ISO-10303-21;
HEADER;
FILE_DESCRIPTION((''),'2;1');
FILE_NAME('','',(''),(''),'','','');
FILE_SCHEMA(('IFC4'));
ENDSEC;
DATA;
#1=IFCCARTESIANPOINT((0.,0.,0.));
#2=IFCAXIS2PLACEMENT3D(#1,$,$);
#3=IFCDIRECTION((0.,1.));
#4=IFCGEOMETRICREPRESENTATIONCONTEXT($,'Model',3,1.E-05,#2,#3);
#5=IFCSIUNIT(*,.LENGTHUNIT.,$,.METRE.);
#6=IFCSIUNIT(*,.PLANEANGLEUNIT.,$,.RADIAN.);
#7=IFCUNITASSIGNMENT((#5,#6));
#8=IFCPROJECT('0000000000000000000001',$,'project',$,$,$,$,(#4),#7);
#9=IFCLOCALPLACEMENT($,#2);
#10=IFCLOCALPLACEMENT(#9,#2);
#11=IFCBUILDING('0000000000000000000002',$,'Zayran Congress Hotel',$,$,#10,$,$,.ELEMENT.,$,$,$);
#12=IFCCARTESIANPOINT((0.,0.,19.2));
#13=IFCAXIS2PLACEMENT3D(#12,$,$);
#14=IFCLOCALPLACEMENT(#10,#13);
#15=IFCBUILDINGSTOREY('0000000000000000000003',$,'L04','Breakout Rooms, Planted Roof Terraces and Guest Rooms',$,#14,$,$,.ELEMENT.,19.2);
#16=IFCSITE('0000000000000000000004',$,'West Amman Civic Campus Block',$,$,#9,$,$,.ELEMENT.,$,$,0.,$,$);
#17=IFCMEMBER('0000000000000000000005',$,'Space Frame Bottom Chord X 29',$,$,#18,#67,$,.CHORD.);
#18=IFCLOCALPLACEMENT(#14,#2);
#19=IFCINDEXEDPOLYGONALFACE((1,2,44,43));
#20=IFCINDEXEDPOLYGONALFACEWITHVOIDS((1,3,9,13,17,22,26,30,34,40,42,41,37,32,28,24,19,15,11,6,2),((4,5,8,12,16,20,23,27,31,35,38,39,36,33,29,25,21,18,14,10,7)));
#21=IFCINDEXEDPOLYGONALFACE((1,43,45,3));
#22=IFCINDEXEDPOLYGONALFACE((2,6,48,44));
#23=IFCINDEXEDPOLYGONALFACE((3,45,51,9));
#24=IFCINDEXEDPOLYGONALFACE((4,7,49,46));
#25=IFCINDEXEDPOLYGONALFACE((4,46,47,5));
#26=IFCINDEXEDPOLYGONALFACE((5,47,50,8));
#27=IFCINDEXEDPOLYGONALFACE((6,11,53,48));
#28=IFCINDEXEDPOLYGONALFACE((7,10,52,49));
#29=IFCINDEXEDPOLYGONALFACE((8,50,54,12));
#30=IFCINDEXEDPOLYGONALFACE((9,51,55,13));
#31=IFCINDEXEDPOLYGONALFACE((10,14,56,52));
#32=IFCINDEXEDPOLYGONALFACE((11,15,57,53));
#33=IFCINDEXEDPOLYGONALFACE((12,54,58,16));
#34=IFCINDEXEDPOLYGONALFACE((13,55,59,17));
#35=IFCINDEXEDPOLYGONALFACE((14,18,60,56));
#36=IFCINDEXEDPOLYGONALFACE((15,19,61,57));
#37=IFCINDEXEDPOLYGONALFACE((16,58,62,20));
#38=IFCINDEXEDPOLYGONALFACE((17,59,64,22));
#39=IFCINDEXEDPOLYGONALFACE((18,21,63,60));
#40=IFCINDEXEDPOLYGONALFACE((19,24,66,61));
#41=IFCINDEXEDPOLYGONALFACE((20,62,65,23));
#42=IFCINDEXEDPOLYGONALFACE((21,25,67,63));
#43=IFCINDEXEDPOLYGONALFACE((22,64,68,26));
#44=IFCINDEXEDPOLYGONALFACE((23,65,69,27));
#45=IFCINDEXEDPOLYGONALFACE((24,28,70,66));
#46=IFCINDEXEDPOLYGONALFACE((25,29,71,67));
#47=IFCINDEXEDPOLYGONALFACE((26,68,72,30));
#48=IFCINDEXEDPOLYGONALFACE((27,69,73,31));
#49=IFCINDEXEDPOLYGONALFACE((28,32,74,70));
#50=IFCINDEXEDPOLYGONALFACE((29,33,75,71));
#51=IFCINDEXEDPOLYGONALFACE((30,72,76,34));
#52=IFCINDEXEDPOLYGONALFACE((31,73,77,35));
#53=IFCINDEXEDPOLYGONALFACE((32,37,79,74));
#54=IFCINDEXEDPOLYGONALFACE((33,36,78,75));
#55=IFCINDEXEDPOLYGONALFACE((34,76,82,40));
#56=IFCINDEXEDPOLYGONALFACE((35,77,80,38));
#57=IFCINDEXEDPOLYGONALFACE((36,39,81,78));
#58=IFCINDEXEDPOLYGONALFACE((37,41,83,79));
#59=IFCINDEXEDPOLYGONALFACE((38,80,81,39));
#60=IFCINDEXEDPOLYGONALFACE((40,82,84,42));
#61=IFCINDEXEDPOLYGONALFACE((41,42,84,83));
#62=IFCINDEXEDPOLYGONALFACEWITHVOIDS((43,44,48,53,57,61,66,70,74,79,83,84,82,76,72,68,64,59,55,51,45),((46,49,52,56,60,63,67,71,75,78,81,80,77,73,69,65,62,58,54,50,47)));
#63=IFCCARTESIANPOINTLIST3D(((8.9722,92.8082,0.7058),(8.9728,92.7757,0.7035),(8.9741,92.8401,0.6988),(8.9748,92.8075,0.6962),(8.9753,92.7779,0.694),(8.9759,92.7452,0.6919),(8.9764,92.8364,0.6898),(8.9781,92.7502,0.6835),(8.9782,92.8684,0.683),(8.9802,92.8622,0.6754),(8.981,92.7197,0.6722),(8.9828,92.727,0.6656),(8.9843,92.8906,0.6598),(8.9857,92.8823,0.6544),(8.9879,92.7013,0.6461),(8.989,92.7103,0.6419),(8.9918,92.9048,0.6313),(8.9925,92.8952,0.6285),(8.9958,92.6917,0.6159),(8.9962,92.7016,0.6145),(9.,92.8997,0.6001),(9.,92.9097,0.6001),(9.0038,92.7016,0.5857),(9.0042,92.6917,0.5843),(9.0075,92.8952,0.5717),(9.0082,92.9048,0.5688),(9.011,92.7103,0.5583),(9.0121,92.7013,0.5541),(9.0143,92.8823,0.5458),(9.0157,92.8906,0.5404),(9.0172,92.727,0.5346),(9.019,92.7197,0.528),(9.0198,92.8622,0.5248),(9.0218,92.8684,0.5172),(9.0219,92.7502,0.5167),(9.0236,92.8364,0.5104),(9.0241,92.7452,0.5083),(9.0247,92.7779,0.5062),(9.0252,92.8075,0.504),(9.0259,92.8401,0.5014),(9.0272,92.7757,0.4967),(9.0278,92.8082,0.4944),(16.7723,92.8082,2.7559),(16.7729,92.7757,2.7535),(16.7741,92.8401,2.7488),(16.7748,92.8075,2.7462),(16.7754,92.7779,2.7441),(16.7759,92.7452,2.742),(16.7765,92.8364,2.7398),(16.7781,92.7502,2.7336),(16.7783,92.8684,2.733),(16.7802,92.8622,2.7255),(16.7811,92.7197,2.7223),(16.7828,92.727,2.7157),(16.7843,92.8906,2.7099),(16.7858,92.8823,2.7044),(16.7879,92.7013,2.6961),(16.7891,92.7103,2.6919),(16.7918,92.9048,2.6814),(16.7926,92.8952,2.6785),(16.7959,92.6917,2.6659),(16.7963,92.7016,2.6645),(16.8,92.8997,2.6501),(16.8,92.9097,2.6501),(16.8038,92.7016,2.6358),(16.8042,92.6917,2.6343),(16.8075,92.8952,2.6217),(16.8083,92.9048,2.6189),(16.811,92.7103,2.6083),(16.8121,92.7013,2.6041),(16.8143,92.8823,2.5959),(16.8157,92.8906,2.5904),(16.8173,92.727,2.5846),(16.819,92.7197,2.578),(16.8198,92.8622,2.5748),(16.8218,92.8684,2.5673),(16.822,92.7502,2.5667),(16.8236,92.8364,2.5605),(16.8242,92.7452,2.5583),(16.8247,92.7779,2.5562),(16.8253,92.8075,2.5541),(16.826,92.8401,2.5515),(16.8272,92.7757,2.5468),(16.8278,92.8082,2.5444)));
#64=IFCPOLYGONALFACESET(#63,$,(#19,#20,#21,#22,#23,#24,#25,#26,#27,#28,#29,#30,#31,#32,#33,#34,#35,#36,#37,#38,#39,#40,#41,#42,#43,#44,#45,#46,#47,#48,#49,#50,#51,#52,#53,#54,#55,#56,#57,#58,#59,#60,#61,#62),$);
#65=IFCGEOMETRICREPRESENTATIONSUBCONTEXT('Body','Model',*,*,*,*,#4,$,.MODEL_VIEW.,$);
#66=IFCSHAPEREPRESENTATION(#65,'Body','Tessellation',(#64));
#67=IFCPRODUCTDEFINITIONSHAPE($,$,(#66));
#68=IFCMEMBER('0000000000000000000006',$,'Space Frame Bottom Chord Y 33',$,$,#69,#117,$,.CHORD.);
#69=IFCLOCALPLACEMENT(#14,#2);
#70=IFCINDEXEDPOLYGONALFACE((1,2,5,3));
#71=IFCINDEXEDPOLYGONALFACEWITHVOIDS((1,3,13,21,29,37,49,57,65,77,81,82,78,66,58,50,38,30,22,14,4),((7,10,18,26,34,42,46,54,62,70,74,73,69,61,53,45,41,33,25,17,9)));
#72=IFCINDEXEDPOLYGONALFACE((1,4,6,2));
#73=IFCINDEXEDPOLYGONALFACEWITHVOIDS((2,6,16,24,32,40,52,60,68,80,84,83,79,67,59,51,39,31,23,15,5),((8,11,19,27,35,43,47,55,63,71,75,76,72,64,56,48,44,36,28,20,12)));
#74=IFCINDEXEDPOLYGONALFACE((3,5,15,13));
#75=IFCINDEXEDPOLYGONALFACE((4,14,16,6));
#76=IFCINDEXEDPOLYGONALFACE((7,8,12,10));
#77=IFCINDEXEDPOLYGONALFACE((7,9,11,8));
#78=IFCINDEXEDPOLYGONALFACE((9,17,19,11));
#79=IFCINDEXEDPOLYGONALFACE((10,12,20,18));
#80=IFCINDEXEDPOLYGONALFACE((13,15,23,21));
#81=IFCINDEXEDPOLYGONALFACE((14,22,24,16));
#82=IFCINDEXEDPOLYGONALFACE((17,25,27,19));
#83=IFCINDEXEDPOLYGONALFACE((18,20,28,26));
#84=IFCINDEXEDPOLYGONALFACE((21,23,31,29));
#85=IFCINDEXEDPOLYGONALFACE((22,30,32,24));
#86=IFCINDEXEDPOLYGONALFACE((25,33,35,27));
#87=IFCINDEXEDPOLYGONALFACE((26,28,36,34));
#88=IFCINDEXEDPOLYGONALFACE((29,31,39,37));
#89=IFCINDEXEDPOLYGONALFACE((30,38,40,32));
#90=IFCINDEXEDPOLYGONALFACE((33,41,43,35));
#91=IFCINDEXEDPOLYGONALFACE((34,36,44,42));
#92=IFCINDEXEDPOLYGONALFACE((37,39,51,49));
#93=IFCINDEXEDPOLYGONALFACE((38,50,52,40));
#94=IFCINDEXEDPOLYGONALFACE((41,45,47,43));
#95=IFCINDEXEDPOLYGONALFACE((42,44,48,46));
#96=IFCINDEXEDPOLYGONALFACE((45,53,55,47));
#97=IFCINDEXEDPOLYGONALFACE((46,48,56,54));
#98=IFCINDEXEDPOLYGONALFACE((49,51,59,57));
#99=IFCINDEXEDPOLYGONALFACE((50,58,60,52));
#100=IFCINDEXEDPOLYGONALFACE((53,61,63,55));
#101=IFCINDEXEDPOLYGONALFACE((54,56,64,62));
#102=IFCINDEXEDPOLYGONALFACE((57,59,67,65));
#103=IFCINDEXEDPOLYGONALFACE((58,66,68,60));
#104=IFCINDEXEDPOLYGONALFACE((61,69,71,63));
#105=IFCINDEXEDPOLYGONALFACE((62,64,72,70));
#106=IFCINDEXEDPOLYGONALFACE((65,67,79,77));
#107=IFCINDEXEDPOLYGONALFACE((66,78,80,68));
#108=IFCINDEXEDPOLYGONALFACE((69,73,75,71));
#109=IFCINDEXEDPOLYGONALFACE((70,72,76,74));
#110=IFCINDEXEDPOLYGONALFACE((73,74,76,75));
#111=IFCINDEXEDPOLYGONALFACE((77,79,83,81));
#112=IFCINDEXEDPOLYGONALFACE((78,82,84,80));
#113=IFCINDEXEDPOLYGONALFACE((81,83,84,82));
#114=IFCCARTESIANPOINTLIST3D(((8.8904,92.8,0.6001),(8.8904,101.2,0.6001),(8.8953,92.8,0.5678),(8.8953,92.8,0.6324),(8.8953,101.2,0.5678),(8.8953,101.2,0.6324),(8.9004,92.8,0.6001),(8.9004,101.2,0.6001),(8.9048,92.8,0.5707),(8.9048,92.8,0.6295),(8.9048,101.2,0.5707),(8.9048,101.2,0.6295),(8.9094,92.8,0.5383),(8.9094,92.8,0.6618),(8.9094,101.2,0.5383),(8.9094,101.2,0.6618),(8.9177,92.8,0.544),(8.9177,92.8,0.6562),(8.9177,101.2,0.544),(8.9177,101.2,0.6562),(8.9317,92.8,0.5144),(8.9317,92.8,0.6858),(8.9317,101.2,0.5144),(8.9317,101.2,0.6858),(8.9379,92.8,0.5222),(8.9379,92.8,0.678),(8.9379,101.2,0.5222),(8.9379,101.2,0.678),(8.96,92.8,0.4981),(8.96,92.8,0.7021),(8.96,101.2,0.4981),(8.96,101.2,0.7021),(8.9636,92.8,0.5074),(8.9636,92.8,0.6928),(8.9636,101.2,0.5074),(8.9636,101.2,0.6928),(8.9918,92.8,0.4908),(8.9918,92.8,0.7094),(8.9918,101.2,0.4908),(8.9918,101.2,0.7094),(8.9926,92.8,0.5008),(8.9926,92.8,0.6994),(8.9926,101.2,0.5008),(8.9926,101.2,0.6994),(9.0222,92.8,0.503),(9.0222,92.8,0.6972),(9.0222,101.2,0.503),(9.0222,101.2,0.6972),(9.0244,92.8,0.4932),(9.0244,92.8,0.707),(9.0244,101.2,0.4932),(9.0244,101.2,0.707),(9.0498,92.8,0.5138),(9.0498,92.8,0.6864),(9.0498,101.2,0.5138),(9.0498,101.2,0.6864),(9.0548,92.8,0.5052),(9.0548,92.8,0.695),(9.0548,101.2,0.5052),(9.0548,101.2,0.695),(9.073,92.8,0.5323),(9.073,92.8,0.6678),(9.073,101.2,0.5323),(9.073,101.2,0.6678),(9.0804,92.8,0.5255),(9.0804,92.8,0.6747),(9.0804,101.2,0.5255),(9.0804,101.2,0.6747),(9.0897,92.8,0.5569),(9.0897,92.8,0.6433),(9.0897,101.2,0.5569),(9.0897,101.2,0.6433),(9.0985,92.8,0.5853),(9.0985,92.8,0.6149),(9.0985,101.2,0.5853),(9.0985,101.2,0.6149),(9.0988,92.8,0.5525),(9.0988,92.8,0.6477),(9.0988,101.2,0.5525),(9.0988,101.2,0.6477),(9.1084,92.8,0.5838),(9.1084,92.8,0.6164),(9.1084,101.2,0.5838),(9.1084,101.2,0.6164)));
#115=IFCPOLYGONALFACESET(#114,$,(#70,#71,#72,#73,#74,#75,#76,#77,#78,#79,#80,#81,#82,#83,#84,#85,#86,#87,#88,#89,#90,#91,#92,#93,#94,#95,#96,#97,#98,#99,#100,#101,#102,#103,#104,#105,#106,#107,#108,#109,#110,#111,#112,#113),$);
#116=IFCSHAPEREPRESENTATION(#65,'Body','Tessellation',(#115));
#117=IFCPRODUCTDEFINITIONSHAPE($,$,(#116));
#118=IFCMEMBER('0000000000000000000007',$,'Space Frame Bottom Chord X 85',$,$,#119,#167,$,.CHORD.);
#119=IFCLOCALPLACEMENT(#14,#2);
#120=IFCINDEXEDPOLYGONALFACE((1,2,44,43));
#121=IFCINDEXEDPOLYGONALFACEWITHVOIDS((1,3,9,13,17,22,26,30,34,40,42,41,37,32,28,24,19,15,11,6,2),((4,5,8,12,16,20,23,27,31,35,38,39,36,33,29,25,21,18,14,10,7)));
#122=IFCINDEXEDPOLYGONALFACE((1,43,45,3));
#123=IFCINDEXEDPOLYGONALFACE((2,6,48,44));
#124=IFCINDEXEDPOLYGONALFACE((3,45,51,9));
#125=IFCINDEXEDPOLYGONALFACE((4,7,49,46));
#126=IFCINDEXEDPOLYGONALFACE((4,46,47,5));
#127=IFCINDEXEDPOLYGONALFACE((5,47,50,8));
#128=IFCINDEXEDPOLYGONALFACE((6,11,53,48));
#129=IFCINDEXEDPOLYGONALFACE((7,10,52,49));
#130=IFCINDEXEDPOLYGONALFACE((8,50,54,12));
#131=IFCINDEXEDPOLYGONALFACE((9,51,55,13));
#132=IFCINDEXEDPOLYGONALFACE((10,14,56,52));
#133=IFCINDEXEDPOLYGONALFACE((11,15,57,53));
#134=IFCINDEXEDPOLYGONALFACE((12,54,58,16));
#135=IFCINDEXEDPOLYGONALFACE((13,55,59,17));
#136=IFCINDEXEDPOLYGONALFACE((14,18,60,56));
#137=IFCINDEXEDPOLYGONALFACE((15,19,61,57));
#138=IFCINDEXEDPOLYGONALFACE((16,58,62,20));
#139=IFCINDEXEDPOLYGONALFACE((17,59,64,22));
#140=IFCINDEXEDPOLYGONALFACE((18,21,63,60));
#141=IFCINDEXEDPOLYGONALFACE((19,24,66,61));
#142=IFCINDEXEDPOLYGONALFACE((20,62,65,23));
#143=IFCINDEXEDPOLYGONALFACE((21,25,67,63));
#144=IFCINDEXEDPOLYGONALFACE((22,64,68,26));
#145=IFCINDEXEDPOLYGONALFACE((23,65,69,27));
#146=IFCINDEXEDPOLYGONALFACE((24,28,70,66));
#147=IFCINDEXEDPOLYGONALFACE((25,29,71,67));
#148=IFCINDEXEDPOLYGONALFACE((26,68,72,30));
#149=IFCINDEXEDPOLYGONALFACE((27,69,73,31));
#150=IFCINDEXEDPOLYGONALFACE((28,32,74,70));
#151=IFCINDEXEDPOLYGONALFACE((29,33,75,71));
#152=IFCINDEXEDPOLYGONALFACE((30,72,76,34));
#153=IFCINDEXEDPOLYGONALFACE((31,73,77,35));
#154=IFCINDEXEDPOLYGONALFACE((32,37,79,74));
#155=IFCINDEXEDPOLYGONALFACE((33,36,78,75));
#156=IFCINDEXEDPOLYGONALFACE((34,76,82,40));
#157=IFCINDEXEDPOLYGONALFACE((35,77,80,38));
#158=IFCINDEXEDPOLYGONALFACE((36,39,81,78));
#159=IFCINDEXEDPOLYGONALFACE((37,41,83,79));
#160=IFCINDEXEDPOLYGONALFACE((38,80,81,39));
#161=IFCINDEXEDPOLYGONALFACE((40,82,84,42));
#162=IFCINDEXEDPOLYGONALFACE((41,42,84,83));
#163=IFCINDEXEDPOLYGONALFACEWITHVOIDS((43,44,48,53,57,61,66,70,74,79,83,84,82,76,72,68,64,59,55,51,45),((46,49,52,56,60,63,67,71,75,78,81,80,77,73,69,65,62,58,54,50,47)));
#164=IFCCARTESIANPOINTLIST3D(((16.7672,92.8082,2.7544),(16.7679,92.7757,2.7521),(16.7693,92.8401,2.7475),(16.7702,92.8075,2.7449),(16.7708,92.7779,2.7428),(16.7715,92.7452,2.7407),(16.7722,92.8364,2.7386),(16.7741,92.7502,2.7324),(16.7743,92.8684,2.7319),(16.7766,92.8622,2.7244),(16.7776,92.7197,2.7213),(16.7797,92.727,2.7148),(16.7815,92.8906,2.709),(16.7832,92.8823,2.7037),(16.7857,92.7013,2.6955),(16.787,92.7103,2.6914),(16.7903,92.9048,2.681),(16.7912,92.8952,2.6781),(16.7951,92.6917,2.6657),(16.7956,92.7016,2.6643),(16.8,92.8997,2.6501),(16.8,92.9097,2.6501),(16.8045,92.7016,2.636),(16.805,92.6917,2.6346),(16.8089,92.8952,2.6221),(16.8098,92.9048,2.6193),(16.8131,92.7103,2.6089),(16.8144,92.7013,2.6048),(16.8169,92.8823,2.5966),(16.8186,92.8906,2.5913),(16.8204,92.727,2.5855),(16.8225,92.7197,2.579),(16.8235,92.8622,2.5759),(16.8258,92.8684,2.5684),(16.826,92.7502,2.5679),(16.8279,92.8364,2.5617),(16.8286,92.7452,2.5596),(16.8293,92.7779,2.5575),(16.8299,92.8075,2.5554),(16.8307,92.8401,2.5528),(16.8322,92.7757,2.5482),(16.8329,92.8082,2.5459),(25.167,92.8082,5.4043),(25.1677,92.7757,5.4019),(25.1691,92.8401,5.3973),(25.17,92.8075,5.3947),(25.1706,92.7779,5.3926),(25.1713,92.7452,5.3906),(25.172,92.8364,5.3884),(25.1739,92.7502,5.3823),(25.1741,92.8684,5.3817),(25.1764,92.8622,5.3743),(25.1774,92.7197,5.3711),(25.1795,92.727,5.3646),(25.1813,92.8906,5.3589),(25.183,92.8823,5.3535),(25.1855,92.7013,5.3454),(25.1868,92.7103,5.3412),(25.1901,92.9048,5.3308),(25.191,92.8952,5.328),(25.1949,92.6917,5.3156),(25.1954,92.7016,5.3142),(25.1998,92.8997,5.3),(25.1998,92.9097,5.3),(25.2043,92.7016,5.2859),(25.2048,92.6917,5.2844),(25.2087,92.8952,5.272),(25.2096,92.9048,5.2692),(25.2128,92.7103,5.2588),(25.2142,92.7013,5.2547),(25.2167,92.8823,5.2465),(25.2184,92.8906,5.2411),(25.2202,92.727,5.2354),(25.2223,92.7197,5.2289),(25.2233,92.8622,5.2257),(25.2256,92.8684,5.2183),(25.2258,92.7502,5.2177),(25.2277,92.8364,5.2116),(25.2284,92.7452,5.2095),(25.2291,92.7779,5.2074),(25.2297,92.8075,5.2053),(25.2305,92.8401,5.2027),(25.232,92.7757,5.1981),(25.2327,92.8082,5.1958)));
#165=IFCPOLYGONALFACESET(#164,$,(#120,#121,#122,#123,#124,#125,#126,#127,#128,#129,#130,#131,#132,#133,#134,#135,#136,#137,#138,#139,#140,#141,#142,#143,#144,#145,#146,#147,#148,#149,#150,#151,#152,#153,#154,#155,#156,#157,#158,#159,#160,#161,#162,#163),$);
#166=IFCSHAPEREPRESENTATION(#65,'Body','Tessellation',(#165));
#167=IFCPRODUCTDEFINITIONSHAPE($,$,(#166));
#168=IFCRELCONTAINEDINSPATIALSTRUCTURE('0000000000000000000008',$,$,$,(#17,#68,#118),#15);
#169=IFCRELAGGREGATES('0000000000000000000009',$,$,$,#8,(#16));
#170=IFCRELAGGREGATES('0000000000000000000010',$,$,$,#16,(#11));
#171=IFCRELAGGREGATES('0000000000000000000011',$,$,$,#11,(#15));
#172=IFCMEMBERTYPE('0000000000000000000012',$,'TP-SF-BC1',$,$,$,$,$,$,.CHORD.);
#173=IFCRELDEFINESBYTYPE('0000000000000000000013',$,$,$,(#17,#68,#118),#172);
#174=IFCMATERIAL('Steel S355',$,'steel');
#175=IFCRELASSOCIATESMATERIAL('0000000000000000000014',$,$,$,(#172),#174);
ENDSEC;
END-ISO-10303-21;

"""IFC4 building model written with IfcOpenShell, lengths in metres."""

from ifc_helpers import new_model, si_unit, direction, frame, origin, origin_2d, place, context, subcontext, project, spatial, hollow_circle, extrude, material, material_profile, profile_set, type_object, element, save


model = new_model("IFC4")

# Units and contexts
model_context = context("Model", 3, precision=1e-05, world=origin(), true_north=direction((0.0, 1.0)))
body_context = subcontext(model_context, "Body", "Model", "MODEL_VIEW")
ifc_project = project(units=[si_unit("LENGTHUNIT", "METRE"), si_unit("PLANEANGLEUNIT", "RADIAN")], contexts=[model_context])

# Site, building, storey
site_placement = place(None, origin())
site = spatial("IfcSite", under=ifc_project, at=site_placement, Name="West Amman Civic Campus Block", CompositionType="ELEMENT", RefElevation=0.0)
building_placement = place(site_placement, origin())
building = spatial("IfcBuilding", under=site, at=building_placement, Name="Zayran Congress Hotel", CompositionType="ELEMENT")
storey_placement = place(building_placement, frame((0.0, 0.0, 19.2)))
storey = spatial("IfcBuildingStorey", under=building, at=storey_placement, Name="L04", Description="Breakout Rooms, Planted Roof Terraces and Guest Rooms", CompositionType="ELEMENT", Elevation=19.2)

# Members
ifc_material_1 = material(Name="Steel S355", Category="steel")
ifc_material_profile_1 = material_profile(ifc_material_1, hollow_circle(Radius=0.1096, WallThickness=0.01, at=origin_2d()), Name="CHS 219.1x10")
ifc_profile_set_1 = profile_set([ifc_material_profile_1], Name="Steel S355")
member_type_1 = type_object("IfcMemberType", Name="TP-SF-BC1", PredefinedType="CHORD", material=ifc_profile_set_1)
member_1_placement = place(storey_placement, frame((9.0, 92.8, 0.6001), z_axis=(0.967154, 0.0, 0.254192), x_axis=(0.0, 1.0, 0.0)))
element("IfcMember", 1, at=member_1_placement, inside=storey, type_object=member_type_1, Name="Space Frame Bottom Chord X 29", PredefinedType="CHORD", context=body_context, shape_type="SweptSolid", body=[
    extrude(hollow_circle(Radius=0.1096, WallThickness=0.01, at=origin_2d()), origin(), (0.0, 0.0, 1.0), 8.0649),
])
member_2_placement = place(storey_placement, frame((9.0, 92.8, 0.6001), z_axis=(0.0, 1.0, 0.0), x_axis=(-1.0, 0.0, 0.0)))
element("IfcMember", 2, at=member_2_placement, inside=storey, type_object=member_type_1, Name="Space Frame Bottom Chord Y 33", PredefinedType="CHORD", context=body_context, shape_type="SweptSolid", body=[
    extrude(hollow_circle(Radius=0.1096, WallThickness=0.01, at=origin_2d()), origin(), (0.0, 0.0, 1.0), 8.3999),
])
member_3_placement = place(storey_placement, frame((16.8, 92.8, 2.6501), z_axis=(0.953671, 0.0, 0.300853), x_axis=(0.0, 1.0, 0.0)))
element("IfcMember", 3, at=member_3_placement, inside=storey, type_object=member_type_1, Name="Space Frame Bottom Chord X 85", PredefinedType="CHORD", context=body_context, shape_type="SweptSolid", body=[
    extrude(hollow_circle(Radius=0.1096, WallThickness=0.01, at=origin_2d()), origin(), (0.0, 0.0, 1.0), 8.8079),
])

save(model, "model.ifc")
